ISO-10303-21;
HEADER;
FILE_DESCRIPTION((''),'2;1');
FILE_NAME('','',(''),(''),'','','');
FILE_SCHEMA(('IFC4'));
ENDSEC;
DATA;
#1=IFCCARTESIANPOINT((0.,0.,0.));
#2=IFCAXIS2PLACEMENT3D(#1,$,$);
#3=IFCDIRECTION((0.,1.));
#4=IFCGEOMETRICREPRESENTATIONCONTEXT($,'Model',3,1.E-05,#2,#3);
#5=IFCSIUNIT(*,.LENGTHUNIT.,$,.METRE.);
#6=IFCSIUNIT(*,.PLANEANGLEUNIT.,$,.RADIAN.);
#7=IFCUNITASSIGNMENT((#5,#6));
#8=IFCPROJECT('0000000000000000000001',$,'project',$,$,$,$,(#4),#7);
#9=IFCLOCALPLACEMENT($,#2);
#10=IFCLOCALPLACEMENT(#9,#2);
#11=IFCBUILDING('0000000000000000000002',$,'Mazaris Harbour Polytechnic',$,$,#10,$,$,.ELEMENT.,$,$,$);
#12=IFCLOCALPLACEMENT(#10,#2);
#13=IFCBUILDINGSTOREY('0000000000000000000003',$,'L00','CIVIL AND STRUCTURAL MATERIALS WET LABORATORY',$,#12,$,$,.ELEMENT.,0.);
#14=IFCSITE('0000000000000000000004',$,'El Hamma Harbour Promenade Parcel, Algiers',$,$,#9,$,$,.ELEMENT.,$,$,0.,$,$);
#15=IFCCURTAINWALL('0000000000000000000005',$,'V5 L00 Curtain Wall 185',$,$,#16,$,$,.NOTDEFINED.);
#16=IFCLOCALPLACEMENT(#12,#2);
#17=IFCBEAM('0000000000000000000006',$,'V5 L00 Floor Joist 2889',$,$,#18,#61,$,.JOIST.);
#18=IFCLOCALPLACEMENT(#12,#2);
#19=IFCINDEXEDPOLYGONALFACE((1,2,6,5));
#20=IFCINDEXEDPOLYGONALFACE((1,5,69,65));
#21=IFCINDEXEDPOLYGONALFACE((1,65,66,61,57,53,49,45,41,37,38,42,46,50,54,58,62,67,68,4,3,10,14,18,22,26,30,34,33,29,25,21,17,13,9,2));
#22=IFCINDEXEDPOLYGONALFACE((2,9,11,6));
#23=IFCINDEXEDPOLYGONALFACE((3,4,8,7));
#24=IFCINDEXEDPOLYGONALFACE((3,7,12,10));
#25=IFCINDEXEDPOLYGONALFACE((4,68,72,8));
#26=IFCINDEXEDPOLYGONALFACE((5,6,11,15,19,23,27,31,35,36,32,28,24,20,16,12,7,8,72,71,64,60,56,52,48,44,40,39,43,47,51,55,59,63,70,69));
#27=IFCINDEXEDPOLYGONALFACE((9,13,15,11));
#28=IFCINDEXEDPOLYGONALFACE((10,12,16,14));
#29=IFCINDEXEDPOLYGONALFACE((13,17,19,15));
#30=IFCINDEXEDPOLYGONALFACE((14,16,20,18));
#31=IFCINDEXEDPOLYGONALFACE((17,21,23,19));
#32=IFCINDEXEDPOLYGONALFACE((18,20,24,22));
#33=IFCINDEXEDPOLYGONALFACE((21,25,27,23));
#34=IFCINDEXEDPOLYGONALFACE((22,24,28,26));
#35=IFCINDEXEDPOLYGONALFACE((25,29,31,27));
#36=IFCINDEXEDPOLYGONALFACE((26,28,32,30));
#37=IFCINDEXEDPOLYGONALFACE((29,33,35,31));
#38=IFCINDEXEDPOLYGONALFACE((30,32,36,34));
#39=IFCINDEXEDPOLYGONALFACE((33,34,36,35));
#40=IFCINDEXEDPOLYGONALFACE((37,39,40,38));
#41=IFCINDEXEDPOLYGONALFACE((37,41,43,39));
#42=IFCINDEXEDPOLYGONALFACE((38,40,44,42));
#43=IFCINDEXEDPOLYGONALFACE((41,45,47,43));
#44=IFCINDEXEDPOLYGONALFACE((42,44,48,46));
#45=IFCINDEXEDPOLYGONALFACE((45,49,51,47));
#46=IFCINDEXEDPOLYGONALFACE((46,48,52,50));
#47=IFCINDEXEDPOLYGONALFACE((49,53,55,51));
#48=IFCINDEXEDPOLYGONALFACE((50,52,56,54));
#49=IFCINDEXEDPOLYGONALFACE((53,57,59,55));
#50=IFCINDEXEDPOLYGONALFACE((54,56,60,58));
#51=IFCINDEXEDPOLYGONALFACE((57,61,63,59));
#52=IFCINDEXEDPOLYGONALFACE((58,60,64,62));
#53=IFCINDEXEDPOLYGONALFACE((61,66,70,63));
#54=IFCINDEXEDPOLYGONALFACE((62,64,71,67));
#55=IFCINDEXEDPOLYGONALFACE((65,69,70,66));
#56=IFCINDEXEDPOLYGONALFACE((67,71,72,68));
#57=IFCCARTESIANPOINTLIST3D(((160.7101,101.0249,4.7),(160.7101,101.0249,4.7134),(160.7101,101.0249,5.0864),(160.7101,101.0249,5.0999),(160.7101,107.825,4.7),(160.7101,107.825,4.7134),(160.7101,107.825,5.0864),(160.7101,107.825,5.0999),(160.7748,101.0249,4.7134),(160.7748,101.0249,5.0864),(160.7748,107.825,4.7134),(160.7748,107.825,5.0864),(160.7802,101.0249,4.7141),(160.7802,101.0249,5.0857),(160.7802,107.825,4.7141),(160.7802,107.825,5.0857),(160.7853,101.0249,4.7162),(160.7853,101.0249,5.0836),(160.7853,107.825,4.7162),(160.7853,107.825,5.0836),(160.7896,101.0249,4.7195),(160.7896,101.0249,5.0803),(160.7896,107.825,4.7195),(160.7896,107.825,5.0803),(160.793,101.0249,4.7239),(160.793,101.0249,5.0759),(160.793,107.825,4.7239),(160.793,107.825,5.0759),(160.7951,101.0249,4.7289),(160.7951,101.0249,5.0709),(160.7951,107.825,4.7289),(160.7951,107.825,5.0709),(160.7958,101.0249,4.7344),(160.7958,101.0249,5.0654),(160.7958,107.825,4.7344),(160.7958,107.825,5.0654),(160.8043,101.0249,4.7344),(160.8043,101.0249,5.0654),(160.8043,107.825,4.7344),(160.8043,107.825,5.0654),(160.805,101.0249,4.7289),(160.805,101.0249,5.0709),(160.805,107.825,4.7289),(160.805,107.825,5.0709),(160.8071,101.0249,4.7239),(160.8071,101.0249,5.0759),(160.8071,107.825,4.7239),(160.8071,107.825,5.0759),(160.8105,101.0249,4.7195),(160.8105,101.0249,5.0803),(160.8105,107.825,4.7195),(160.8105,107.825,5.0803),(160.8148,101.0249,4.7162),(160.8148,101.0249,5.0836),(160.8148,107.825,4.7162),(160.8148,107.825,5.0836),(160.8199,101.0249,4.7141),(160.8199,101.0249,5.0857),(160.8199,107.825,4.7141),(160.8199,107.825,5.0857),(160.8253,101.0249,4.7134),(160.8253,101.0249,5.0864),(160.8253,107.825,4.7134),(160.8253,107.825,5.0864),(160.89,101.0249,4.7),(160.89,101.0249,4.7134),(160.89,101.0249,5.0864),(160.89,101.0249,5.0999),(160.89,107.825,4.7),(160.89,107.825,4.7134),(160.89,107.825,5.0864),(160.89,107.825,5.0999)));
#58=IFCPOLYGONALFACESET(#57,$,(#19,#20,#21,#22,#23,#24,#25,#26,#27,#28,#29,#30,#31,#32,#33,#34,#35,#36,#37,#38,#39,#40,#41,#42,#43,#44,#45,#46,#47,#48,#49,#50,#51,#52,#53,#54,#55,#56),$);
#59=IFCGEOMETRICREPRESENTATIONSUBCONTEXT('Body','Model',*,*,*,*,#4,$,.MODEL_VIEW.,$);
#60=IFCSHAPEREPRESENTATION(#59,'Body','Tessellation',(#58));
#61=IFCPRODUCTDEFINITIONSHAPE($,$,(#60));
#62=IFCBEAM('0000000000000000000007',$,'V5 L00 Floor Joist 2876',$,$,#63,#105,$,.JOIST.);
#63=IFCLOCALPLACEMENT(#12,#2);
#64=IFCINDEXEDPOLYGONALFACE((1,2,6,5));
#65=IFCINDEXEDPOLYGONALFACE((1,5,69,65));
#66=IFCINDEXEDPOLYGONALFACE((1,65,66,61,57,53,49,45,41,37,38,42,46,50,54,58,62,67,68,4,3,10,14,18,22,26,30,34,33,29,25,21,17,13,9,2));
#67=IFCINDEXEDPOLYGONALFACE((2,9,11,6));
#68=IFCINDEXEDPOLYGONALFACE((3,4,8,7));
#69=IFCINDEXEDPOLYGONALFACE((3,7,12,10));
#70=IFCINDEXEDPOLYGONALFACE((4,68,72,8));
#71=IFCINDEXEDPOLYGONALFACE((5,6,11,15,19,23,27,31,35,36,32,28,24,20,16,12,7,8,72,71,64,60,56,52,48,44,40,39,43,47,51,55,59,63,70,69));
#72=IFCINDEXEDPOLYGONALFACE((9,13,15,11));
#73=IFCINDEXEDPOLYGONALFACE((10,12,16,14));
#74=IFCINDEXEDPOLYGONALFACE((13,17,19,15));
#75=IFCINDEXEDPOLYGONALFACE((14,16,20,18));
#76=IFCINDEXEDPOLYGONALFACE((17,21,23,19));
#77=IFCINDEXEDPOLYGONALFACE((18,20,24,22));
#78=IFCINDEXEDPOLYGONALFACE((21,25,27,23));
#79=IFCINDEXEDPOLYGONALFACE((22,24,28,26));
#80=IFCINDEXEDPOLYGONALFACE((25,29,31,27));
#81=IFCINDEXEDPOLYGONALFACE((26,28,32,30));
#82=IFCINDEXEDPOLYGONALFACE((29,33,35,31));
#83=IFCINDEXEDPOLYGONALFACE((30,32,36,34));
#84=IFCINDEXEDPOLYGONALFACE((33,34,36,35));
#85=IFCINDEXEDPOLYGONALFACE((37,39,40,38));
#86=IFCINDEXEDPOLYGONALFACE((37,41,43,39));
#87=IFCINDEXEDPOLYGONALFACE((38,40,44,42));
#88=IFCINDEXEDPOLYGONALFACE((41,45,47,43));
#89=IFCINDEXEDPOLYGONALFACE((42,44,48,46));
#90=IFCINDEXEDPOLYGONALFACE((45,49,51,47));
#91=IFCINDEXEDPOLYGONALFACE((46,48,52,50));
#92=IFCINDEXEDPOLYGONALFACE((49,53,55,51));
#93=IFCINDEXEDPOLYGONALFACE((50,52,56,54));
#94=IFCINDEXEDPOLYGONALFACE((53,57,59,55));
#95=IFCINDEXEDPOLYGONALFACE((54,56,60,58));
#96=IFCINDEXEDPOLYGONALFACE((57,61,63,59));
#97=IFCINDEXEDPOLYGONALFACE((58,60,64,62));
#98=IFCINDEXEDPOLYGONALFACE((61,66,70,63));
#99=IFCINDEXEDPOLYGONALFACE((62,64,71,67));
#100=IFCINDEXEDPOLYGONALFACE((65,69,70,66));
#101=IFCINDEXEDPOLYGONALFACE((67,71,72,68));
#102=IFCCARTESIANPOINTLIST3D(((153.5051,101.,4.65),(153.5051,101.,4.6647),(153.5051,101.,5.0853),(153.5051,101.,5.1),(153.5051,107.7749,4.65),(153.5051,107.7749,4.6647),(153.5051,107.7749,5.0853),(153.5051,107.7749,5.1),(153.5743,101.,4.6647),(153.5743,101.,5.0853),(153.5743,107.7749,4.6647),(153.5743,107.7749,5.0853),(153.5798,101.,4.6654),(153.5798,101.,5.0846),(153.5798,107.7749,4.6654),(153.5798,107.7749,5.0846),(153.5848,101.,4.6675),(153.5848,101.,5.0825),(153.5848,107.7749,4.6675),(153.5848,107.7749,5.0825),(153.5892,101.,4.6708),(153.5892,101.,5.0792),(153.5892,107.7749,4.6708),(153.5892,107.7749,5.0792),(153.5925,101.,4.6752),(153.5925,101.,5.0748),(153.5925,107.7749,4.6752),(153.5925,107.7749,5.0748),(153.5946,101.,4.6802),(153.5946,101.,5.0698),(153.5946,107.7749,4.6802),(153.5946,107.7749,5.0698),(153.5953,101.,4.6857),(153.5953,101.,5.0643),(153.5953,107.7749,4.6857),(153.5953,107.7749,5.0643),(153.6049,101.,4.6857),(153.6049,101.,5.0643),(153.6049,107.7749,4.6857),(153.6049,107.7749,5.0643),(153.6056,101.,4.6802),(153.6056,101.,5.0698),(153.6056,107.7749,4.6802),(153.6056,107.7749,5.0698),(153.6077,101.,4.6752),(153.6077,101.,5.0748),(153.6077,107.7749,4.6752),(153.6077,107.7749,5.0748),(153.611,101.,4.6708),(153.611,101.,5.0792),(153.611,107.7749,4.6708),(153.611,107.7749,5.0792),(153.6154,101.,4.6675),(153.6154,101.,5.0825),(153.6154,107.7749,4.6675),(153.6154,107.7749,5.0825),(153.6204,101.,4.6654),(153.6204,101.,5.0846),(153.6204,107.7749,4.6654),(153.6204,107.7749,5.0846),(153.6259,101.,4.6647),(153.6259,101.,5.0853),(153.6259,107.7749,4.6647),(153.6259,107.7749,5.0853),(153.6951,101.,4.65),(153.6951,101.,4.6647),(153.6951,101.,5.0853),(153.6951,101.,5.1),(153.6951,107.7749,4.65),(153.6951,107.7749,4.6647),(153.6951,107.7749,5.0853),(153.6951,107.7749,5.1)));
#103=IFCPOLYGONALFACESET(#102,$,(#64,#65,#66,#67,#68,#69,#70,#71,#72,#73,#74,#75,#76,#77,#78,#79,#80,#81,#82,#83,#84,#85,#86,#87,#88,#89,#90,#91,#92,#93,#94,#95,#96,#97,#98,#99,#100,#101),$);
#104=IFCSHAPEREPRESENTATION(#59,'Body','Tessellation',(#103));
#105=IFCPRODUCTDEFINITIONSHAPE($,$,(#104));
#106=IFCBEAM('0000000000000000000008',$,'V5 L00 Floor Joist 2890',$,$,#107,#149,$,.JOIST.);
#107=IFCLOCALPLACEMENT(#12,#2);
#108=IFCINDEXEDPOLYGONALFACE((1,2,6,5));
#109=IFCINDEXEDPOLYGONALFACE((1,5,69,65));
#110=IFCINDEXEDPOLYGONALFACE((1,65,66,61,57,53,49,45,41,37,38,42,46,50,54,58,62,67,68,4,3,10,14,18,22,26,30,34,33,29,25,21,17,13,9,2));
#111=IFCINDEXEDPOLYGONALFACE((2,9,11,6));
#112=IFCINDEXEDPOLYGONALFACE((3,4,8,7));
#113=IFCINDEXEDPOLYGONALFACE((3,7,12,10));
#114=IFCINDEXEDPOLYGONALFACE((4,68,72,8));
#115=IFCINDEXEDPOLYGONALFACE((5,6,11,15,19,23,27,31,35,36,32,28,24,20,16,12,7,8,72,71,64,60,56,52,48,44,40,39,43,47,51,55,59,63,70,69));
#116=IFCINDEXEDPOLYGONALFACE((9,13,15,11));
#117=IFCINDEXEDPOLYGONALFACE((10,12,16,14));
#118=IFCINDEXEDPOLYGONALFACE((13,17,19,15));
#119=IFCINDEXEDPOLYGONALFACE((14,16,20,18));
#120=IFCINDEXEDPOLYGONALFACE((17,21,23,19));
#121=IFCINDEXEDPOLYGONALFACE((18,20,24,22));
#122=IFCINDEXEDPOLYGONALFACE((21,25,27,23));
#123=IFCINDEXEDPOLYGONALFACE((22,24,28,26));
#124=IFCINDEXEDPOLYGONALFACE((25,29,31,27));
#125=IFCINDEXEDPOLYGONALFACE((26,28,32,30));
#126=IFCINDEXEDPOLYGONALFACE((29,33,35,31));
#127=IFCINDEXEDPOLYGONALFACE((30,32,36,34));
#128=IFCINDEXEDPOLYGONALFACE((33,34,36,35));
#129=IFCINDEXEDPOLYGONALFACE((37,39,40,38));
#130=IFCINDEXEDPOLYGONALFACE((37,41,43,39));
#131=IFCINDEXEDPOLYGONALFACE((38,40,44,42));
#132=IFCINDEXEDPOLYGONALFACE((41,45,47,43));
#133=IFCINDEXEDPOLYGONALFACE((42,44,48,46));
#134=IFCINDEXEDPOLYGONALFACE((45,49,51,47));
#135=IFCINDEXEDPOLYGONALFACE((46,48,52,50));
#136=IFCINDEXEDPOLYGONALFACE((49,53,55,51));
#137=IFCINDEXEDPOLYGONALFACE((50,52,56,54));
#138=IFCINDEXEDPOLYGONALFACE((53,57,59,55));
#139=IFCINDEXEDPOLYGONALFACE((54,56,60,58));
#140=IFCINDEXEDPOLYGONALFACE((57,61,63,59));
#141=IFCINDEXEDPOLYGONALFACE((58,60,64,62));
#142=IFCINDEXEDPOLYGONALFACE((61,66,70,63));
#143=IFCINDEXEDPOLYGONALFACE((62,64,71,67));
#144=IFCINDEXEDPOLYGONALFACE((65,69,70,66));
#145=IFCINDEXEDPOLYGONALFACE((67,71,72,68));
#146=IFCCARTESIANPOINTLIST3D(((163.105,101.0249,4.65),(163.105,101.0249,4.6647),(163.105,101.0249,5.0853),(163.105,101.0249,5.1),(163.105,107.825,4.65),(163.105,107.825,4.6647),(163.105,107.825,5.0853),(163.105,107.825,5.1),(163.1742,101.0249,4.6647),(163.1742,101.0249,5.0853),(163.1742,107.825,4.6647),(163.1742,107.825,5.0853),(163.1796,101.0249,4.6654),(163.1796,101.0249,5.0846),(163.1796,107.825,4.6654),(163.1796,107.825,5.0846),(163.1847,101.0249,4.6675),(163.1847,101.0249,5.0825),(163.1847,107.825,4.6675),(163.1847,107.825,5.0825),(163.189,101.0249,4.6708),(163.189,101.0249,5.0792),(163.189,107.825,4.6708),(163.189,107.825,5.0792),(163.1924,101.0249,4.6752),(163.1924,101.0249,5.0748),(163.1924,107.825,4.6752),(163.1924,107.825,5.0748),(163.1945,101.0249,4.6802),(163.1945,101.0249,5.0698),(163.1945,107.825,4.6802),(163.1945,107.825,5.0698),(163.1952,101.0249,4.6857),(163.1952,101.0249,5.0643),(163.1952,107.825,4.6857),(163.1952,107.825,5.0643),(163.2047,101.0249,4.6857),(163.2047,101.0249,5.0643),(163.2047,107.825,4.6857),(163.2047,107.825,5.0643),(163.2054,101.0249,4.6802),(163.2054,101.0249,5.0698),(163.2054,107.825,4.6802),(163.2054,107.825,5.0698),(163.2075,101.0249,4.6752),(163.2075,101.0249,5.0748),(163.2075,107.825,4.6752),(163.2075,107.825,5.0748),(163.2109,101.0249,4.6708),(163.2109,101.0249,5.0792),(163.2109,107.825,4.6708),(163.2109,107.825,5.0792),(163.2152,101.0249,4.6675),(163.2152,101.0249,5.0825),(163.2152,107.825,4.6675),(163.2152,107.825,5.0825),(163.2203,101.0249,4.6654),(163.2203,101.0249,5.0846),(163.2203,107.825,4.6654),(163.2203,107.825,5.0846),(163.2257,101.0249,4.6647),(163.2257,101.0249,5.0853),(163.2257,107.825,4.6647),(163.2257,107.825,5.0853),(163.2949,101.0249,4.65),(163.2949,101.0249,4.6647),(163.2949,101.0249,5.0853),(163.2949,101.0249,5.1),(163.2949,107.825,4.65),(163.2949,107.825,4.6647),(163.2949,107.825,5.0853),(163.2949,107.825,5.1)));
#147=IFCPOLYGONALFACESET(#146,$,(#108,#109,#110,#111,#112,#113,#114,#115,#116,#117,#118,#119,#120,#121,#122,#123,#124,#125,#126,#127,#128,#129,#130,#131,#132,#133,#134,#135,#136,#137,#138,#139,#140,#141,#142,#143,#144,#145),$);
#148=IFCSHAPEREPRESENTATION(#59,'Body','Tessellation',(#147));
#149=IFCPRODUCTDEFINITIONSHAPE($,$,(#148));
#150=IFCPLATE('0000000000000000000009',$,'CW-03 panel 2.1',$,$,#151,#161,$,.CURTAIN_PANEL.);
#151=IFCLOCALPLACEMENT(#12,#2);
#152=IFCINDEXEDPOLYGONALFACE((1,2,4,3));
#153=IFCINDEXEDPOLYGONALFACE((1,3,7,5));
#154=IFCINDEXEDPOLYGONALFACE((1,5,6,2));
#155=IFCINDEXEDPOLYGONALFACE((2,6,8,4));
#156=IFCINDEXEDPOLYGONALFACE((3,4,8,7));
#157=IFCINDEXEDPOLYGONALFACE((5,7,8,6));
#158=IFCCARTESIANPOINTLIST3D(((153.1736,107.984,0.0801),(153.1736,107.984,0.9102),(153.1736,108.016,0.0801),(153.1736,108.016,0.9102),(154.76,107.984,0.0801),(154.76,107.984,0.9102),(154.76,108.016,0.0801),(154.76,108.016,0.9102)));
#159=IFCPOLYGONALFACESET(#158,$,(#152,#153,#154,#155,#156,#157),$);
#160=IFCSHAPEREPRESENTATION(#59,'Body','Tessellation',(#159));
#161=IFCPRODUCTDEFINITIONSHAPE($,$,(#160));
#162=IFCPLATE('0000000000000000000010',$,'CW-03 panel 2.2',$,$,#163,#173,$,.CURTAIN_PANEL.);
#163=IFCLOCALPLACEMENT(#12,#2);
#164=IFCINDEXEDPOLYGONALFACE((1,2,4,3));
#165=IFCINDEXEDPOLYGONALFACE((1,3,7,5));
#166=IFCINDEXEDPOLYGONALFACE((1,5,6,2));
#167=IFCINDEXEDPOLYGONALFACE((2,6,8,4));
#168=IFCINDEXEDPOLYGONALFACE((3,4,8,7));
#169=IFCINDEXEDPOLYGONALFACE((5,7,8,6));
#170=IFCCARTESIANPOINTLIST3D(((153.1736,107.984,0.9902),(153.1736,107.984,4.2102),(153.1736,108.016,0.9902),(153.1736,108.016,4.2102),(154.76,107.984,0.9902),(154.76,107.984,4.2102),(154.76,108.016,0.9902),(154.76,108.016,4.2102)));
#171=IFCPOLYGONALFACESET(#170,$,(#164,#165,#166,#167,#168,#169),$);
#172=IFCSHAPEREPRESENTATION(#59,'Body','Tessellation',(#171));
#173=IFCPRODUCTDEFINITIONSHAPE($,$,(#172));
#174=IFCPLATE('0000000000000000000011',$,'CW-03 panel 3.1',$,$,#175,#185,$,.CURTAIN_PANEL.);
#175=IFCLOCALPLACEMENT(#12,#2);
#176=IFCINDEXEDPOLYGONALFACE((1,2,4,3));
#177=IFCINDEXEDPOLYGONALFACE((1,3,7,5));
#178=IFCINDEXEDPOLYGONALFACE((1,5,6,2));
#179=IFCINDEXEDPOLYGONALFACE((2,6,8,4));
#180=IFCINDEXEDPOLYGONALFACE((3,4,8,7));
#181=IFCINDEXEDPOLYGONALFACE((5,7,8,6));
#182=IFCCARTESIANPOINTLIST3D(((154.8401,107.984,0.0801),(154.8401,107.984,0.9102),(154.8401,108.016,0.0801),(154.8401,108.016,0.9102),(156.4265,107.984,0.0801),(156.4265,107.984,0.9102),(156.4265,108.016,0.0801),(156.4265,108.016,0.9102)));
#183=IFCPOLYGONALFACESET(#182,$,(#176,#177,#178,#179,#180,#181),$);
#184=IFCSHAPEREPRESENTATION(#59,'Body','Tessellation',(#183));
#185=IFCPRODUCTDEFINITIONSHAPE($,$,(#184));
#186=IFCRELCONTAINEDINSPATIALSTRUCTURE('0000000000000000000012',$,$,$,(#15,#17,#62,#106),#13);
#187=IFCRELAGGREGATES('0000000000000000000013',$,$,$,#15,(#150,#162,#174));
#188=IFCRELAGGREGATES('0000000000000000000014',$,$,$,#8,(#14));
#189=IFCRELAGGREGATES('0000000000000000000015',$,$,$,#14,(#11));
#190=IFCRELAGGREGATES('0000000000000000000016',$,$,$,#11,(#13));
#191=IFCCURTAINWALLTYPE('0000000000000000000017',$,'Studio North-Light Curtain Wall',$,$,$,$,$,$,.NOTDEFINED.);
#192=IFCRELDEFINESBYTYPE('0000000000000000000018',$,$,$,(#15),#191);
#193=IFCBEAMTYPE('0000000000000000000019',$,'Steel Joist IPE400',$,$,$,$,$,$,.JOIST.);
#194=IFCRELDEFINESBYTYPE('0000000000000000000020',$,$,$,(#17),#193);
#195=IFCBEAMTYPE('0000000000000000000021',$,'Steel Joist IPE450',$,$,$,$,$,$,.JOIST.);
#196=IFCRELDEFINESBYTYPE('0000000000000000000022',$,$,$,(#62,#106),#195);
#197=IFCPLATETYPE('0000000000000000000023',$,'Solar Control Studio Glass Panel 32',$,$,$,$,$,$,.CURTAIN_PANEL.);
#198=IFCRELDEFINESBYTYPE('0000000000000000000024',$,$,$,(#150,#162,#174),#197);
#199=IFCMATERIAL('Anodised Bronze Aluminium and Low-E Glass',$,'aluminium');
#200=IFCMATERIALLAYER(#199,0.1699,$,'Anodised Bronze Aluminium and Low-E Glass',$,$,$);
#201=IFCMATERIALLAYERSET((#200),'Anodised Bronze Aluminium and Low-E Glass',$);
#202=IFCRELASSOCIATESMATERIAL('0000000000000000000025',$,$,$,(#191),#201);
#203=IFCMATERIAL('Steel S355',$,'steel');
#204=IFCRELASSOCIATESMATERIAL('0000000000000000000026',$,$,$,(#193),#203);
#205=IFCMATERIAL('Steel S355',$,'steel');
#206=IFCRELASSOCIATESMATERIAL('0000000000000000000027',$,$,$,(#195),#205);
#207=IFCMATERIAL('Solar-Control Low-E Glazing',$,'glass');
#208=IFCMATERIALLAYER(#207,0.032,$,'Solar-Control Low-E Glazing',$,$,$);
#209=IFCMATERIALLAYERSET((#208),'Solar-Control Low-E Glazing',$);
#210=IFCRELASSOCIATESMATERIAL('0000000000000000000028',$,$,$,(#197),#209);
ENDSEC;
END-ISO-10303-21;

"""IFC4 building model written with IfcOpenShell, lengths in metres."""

from ifc_helpers import new_model, si_unit, direction, frame, origin, origin_2d, place, context, subcontext, project, spatial, rectangle, i_section, extrude, material, layer, layer_set, material_profile, profile_set, type_object, element, aggregate, save


model = new_model("IFC4")

# Units and contexts
model_context = context("Model", 3, precision=1e-05, world=origin(), true_north=direction((0.0, 1.0)))
body_context = subcontext(model_context, "Body", "Model", "MODEL_VIEW")
ifc_project = project(units=[si_unit("LENGTHUNIT", "METRE"), si_unit("PLANEANGLEUNIT", "RADIAN")], contexts=[model_context])

# Site, building, storey
site_placement = place(None, origin())
site = spatial("IfcSite", under=ifc_project, at=site_placement, Name="El Hamma Harbour Promenade Parcel, Algiers", CompositionType="ELEMENT", RefElevation=0.0)
building_placement = place(site_placement, origin())
building = spatial("IfcBuilding", under=site, at=building_placement, Name="Mazaris Harbour Polytechnic", CompositionType="ELEMENT")
storey_placement = place(building_placement, origin())
storey = spatial("IfcBuildingStorey", under=building, at=storey_placement, Name="L00", Description="CIVIL AND STRUCTURAL MATERIALS WET LABORATORY", CompositionType="ELEMENT", Elevation=0.0)

# Curtain wall
ifc_material_1 = material(Name="Anodised Bronze Aluminium and Low-E Glass", Category="aluminium")
ifc_layer_1 = layer(ifc_material_1, 0.1699, Name="Anodised Bronze Aluminium and Low-E Glass")
ifc_layer_set_1 = layer_set([ifc_layer_1], Name="Anodised Bronze Aluminium and Low-E Glass")
curtain_wall_type = type_object("IfcCurtainWallType", Name="Studio North-Light Curtain Wall", PredefinedType="NOTDEFINED", material=ifc_layer_set_1)
curtain_wall_1_placement = place(storey_placement, origin())
curtain_wall_1 = element("IfcCurtainWall", 1, at=curtain_wall_1_placement, inside=storey, type_object=curtain_wall_type, Name="V5 L00 Curtain Wall 185", PredefinedType="NOTDEFINED")

# Beams
ifc_material_2 = material(Name="Steel S355", Category="steel")
ifc_material_profile_1 = material_profile(ifc_material_2, i_section(OverallWidth=0.1799, OverallDepth=0.3999, WebThickness=0.0085, FlangeThickness=0.0134, FilletRadius=0.021, at=origin_2d()), Name="IPE 400")
ifc_profile_set_1 = profile_set([ifc_material_profile_1], Name="Steel S355")
beam_type_1 = type_object("IfcBeamType", Name="Steel Joist IPE400", PredefinedType="JOIST", material=ifc_profile_set_1)
beam_1_placement = place(storey_placement, frame((160.8, 101.0249, 4.8999), z_axis=(0.0, 1.0, 0.0), x_axis=(-1.0, 0.0, 0.0)))
element("IfcBeam", 2, at=beam_1_placement, inside=storey, type_object=beam_type_1, Name="V5 L00 Floor Joist 2889", PredefinedType="JOIST", context=body_context, shape_type="SweptSolid", body=[
    extrude(i_section(OverallWidth=0.1799, OverallDepth=0.3999, WebThickness=0.0085, FlangeThickness=0.0134, FilletRadius=0.021, at=origin_2d()), origin(), (0.0, 0.0, 1.0), 6.8),
])
ifc_material_3 = material(Name="Steel S355", Category="steel")
ifc_material_profile_2 = material_profile(ifc_material_3, i_section(OverallWidth=0.1899, OverallDepth=0.45, WebThickness=0.0095, FlangeThickness=0.0146, FilletRadius=0.021, at=origin_2d()), Name="IPE 450")
ifc_profile_set_2 = profile_set([ifc_material_profile_2], Name="Steel S355")
beam_type_2 = type_object("IfcBeamType", Name="Steel Joist IPE450", PredefinedType="JOIST", material=ifc_profile_set_2)
beam_2_placement = place(storey_placement, frame((153.6001, 101.0, 4.875), z_axis=(0.0, 1.0, 0.0), x_axis=(-1.0, 0.0, 0.0)))
element("IfcBeam", 3, at=beam_2_placement, inside=storey, type_object=beam_type_2, Name="V5 L00 Floor Joist 2876", PredefinedType="JOIST", context=body_context, shape_type="SweptSolid", body=[
    extrude(i_section(OverallWidth=0.1899, OverallDepth=0.45, WebThickness=0.0095, FlangeThickness=0.0146, FilletRadius=0.021, at=origin_2d()), origin(), (0.0, 0.0, 1.0), 6.7749),
])
beam_3_placement = place(storey_placement, frame((163.2, 101.0249, 4.875), z_axis=(0.0, 1.0, 0.0), x_axis=(-1.0, 0.0, 0.0)))
element("IfcBeam", 4, at=beam_3_placement, inside=storey, type_object=beam_type_2, Name="V5 L00 Floor Joist 2890", PredefinedType="JOIST", context=body_context, shape_type="SweptSolid", body=[
    extrude(i_section(OverallWidth=0.1899, OverallDepth=0.45, WebThickness=0.0095, FlangeThickness=0.0146, FilletRadius=0.021, at=origin_2d()), origin(), (0.0, 0.0, 1.0), 6.8),
])

# Plates
ifc_material_4 = material(Name="Solar-Control Low-E Glazing", Category="glass")
ifc_layer_2 = layer(ifc_material_4, 0.032, Name="Solar-Control Low-E Glazing")
ifc_layer_set_2 = layer_set([ifc_layer_2], Name="Solar-Control Low-E Glazing")
plate_type = type_object("IfcPlateType", Name="Solar Control Studio Glass Panel 32", PredefinedType="CURTAIN_PANEL", material=ifc_layer_set_2)
plate_1_placement = place(storey_placement, frame((153.9668, 108.0, 0.0801), z_axis=(0.0, 0.0, 1.0), x_axis=(1.0, 0.0, 0.0)))
plate_1 = element("IfcPlate", 5, at=plate_1_placement, type_object=plate_type, Name="CW-03 panel 2.1", PredefinedType="CURTAIN_PANEL", context=body_context, shape_type="SweptSolid", body=[
    extrude(rectangle(XDim=1.5864, YDim=0.032, at=origin_2d()), origin(), (0.0, 0.0, 1.0), 0.8301),
])
plate_2_placement = place(storey_placement, frame((153.9668, 108.0, 0.9902), z_axis=(0.0, 0.0, 1.0), x_axis=(1.0, 0.0, 0.0)))
plate_2 = element("IfcPlate", 6, at=plate_2_placement, type_object=plate_type, Name="CW-03 panel 2.2", PredefinedType="CURTAIN_PANEL", context=body_context, shape_type="SweptSolid", body=[
    extrude(rectangle(XDim=1.5864, YDim=0.032, at=origin_2d()), origin(), (0.0, 0.0, 1.0), 3.22),
])
plate_3_placement = place(storey_placement, frame((155.6333, 108.0, 0.0801), z_axis=(0.0, 0.0, 1.0), x_axis=(1.0, 0.0, 0.0)))
plate_3 = element("IfcPlate", 7, at=plate_3_placement, type_object=plate_type, Name="CW-03 panel 3.1", PredefinedType="CURTAIN_PANEL", context=body_context, shape_type="SweptSolid", body=[
    extrude(rectangle(XDim=1.5864, YDim=0.032, at=origin_2d()), origin(), (0.0, 0.0, 1.0), 0.8301),
])
aggregate(curtain_wall_1, [plate_1, plate_2, plate_3])

save(model, "model.ifc")
